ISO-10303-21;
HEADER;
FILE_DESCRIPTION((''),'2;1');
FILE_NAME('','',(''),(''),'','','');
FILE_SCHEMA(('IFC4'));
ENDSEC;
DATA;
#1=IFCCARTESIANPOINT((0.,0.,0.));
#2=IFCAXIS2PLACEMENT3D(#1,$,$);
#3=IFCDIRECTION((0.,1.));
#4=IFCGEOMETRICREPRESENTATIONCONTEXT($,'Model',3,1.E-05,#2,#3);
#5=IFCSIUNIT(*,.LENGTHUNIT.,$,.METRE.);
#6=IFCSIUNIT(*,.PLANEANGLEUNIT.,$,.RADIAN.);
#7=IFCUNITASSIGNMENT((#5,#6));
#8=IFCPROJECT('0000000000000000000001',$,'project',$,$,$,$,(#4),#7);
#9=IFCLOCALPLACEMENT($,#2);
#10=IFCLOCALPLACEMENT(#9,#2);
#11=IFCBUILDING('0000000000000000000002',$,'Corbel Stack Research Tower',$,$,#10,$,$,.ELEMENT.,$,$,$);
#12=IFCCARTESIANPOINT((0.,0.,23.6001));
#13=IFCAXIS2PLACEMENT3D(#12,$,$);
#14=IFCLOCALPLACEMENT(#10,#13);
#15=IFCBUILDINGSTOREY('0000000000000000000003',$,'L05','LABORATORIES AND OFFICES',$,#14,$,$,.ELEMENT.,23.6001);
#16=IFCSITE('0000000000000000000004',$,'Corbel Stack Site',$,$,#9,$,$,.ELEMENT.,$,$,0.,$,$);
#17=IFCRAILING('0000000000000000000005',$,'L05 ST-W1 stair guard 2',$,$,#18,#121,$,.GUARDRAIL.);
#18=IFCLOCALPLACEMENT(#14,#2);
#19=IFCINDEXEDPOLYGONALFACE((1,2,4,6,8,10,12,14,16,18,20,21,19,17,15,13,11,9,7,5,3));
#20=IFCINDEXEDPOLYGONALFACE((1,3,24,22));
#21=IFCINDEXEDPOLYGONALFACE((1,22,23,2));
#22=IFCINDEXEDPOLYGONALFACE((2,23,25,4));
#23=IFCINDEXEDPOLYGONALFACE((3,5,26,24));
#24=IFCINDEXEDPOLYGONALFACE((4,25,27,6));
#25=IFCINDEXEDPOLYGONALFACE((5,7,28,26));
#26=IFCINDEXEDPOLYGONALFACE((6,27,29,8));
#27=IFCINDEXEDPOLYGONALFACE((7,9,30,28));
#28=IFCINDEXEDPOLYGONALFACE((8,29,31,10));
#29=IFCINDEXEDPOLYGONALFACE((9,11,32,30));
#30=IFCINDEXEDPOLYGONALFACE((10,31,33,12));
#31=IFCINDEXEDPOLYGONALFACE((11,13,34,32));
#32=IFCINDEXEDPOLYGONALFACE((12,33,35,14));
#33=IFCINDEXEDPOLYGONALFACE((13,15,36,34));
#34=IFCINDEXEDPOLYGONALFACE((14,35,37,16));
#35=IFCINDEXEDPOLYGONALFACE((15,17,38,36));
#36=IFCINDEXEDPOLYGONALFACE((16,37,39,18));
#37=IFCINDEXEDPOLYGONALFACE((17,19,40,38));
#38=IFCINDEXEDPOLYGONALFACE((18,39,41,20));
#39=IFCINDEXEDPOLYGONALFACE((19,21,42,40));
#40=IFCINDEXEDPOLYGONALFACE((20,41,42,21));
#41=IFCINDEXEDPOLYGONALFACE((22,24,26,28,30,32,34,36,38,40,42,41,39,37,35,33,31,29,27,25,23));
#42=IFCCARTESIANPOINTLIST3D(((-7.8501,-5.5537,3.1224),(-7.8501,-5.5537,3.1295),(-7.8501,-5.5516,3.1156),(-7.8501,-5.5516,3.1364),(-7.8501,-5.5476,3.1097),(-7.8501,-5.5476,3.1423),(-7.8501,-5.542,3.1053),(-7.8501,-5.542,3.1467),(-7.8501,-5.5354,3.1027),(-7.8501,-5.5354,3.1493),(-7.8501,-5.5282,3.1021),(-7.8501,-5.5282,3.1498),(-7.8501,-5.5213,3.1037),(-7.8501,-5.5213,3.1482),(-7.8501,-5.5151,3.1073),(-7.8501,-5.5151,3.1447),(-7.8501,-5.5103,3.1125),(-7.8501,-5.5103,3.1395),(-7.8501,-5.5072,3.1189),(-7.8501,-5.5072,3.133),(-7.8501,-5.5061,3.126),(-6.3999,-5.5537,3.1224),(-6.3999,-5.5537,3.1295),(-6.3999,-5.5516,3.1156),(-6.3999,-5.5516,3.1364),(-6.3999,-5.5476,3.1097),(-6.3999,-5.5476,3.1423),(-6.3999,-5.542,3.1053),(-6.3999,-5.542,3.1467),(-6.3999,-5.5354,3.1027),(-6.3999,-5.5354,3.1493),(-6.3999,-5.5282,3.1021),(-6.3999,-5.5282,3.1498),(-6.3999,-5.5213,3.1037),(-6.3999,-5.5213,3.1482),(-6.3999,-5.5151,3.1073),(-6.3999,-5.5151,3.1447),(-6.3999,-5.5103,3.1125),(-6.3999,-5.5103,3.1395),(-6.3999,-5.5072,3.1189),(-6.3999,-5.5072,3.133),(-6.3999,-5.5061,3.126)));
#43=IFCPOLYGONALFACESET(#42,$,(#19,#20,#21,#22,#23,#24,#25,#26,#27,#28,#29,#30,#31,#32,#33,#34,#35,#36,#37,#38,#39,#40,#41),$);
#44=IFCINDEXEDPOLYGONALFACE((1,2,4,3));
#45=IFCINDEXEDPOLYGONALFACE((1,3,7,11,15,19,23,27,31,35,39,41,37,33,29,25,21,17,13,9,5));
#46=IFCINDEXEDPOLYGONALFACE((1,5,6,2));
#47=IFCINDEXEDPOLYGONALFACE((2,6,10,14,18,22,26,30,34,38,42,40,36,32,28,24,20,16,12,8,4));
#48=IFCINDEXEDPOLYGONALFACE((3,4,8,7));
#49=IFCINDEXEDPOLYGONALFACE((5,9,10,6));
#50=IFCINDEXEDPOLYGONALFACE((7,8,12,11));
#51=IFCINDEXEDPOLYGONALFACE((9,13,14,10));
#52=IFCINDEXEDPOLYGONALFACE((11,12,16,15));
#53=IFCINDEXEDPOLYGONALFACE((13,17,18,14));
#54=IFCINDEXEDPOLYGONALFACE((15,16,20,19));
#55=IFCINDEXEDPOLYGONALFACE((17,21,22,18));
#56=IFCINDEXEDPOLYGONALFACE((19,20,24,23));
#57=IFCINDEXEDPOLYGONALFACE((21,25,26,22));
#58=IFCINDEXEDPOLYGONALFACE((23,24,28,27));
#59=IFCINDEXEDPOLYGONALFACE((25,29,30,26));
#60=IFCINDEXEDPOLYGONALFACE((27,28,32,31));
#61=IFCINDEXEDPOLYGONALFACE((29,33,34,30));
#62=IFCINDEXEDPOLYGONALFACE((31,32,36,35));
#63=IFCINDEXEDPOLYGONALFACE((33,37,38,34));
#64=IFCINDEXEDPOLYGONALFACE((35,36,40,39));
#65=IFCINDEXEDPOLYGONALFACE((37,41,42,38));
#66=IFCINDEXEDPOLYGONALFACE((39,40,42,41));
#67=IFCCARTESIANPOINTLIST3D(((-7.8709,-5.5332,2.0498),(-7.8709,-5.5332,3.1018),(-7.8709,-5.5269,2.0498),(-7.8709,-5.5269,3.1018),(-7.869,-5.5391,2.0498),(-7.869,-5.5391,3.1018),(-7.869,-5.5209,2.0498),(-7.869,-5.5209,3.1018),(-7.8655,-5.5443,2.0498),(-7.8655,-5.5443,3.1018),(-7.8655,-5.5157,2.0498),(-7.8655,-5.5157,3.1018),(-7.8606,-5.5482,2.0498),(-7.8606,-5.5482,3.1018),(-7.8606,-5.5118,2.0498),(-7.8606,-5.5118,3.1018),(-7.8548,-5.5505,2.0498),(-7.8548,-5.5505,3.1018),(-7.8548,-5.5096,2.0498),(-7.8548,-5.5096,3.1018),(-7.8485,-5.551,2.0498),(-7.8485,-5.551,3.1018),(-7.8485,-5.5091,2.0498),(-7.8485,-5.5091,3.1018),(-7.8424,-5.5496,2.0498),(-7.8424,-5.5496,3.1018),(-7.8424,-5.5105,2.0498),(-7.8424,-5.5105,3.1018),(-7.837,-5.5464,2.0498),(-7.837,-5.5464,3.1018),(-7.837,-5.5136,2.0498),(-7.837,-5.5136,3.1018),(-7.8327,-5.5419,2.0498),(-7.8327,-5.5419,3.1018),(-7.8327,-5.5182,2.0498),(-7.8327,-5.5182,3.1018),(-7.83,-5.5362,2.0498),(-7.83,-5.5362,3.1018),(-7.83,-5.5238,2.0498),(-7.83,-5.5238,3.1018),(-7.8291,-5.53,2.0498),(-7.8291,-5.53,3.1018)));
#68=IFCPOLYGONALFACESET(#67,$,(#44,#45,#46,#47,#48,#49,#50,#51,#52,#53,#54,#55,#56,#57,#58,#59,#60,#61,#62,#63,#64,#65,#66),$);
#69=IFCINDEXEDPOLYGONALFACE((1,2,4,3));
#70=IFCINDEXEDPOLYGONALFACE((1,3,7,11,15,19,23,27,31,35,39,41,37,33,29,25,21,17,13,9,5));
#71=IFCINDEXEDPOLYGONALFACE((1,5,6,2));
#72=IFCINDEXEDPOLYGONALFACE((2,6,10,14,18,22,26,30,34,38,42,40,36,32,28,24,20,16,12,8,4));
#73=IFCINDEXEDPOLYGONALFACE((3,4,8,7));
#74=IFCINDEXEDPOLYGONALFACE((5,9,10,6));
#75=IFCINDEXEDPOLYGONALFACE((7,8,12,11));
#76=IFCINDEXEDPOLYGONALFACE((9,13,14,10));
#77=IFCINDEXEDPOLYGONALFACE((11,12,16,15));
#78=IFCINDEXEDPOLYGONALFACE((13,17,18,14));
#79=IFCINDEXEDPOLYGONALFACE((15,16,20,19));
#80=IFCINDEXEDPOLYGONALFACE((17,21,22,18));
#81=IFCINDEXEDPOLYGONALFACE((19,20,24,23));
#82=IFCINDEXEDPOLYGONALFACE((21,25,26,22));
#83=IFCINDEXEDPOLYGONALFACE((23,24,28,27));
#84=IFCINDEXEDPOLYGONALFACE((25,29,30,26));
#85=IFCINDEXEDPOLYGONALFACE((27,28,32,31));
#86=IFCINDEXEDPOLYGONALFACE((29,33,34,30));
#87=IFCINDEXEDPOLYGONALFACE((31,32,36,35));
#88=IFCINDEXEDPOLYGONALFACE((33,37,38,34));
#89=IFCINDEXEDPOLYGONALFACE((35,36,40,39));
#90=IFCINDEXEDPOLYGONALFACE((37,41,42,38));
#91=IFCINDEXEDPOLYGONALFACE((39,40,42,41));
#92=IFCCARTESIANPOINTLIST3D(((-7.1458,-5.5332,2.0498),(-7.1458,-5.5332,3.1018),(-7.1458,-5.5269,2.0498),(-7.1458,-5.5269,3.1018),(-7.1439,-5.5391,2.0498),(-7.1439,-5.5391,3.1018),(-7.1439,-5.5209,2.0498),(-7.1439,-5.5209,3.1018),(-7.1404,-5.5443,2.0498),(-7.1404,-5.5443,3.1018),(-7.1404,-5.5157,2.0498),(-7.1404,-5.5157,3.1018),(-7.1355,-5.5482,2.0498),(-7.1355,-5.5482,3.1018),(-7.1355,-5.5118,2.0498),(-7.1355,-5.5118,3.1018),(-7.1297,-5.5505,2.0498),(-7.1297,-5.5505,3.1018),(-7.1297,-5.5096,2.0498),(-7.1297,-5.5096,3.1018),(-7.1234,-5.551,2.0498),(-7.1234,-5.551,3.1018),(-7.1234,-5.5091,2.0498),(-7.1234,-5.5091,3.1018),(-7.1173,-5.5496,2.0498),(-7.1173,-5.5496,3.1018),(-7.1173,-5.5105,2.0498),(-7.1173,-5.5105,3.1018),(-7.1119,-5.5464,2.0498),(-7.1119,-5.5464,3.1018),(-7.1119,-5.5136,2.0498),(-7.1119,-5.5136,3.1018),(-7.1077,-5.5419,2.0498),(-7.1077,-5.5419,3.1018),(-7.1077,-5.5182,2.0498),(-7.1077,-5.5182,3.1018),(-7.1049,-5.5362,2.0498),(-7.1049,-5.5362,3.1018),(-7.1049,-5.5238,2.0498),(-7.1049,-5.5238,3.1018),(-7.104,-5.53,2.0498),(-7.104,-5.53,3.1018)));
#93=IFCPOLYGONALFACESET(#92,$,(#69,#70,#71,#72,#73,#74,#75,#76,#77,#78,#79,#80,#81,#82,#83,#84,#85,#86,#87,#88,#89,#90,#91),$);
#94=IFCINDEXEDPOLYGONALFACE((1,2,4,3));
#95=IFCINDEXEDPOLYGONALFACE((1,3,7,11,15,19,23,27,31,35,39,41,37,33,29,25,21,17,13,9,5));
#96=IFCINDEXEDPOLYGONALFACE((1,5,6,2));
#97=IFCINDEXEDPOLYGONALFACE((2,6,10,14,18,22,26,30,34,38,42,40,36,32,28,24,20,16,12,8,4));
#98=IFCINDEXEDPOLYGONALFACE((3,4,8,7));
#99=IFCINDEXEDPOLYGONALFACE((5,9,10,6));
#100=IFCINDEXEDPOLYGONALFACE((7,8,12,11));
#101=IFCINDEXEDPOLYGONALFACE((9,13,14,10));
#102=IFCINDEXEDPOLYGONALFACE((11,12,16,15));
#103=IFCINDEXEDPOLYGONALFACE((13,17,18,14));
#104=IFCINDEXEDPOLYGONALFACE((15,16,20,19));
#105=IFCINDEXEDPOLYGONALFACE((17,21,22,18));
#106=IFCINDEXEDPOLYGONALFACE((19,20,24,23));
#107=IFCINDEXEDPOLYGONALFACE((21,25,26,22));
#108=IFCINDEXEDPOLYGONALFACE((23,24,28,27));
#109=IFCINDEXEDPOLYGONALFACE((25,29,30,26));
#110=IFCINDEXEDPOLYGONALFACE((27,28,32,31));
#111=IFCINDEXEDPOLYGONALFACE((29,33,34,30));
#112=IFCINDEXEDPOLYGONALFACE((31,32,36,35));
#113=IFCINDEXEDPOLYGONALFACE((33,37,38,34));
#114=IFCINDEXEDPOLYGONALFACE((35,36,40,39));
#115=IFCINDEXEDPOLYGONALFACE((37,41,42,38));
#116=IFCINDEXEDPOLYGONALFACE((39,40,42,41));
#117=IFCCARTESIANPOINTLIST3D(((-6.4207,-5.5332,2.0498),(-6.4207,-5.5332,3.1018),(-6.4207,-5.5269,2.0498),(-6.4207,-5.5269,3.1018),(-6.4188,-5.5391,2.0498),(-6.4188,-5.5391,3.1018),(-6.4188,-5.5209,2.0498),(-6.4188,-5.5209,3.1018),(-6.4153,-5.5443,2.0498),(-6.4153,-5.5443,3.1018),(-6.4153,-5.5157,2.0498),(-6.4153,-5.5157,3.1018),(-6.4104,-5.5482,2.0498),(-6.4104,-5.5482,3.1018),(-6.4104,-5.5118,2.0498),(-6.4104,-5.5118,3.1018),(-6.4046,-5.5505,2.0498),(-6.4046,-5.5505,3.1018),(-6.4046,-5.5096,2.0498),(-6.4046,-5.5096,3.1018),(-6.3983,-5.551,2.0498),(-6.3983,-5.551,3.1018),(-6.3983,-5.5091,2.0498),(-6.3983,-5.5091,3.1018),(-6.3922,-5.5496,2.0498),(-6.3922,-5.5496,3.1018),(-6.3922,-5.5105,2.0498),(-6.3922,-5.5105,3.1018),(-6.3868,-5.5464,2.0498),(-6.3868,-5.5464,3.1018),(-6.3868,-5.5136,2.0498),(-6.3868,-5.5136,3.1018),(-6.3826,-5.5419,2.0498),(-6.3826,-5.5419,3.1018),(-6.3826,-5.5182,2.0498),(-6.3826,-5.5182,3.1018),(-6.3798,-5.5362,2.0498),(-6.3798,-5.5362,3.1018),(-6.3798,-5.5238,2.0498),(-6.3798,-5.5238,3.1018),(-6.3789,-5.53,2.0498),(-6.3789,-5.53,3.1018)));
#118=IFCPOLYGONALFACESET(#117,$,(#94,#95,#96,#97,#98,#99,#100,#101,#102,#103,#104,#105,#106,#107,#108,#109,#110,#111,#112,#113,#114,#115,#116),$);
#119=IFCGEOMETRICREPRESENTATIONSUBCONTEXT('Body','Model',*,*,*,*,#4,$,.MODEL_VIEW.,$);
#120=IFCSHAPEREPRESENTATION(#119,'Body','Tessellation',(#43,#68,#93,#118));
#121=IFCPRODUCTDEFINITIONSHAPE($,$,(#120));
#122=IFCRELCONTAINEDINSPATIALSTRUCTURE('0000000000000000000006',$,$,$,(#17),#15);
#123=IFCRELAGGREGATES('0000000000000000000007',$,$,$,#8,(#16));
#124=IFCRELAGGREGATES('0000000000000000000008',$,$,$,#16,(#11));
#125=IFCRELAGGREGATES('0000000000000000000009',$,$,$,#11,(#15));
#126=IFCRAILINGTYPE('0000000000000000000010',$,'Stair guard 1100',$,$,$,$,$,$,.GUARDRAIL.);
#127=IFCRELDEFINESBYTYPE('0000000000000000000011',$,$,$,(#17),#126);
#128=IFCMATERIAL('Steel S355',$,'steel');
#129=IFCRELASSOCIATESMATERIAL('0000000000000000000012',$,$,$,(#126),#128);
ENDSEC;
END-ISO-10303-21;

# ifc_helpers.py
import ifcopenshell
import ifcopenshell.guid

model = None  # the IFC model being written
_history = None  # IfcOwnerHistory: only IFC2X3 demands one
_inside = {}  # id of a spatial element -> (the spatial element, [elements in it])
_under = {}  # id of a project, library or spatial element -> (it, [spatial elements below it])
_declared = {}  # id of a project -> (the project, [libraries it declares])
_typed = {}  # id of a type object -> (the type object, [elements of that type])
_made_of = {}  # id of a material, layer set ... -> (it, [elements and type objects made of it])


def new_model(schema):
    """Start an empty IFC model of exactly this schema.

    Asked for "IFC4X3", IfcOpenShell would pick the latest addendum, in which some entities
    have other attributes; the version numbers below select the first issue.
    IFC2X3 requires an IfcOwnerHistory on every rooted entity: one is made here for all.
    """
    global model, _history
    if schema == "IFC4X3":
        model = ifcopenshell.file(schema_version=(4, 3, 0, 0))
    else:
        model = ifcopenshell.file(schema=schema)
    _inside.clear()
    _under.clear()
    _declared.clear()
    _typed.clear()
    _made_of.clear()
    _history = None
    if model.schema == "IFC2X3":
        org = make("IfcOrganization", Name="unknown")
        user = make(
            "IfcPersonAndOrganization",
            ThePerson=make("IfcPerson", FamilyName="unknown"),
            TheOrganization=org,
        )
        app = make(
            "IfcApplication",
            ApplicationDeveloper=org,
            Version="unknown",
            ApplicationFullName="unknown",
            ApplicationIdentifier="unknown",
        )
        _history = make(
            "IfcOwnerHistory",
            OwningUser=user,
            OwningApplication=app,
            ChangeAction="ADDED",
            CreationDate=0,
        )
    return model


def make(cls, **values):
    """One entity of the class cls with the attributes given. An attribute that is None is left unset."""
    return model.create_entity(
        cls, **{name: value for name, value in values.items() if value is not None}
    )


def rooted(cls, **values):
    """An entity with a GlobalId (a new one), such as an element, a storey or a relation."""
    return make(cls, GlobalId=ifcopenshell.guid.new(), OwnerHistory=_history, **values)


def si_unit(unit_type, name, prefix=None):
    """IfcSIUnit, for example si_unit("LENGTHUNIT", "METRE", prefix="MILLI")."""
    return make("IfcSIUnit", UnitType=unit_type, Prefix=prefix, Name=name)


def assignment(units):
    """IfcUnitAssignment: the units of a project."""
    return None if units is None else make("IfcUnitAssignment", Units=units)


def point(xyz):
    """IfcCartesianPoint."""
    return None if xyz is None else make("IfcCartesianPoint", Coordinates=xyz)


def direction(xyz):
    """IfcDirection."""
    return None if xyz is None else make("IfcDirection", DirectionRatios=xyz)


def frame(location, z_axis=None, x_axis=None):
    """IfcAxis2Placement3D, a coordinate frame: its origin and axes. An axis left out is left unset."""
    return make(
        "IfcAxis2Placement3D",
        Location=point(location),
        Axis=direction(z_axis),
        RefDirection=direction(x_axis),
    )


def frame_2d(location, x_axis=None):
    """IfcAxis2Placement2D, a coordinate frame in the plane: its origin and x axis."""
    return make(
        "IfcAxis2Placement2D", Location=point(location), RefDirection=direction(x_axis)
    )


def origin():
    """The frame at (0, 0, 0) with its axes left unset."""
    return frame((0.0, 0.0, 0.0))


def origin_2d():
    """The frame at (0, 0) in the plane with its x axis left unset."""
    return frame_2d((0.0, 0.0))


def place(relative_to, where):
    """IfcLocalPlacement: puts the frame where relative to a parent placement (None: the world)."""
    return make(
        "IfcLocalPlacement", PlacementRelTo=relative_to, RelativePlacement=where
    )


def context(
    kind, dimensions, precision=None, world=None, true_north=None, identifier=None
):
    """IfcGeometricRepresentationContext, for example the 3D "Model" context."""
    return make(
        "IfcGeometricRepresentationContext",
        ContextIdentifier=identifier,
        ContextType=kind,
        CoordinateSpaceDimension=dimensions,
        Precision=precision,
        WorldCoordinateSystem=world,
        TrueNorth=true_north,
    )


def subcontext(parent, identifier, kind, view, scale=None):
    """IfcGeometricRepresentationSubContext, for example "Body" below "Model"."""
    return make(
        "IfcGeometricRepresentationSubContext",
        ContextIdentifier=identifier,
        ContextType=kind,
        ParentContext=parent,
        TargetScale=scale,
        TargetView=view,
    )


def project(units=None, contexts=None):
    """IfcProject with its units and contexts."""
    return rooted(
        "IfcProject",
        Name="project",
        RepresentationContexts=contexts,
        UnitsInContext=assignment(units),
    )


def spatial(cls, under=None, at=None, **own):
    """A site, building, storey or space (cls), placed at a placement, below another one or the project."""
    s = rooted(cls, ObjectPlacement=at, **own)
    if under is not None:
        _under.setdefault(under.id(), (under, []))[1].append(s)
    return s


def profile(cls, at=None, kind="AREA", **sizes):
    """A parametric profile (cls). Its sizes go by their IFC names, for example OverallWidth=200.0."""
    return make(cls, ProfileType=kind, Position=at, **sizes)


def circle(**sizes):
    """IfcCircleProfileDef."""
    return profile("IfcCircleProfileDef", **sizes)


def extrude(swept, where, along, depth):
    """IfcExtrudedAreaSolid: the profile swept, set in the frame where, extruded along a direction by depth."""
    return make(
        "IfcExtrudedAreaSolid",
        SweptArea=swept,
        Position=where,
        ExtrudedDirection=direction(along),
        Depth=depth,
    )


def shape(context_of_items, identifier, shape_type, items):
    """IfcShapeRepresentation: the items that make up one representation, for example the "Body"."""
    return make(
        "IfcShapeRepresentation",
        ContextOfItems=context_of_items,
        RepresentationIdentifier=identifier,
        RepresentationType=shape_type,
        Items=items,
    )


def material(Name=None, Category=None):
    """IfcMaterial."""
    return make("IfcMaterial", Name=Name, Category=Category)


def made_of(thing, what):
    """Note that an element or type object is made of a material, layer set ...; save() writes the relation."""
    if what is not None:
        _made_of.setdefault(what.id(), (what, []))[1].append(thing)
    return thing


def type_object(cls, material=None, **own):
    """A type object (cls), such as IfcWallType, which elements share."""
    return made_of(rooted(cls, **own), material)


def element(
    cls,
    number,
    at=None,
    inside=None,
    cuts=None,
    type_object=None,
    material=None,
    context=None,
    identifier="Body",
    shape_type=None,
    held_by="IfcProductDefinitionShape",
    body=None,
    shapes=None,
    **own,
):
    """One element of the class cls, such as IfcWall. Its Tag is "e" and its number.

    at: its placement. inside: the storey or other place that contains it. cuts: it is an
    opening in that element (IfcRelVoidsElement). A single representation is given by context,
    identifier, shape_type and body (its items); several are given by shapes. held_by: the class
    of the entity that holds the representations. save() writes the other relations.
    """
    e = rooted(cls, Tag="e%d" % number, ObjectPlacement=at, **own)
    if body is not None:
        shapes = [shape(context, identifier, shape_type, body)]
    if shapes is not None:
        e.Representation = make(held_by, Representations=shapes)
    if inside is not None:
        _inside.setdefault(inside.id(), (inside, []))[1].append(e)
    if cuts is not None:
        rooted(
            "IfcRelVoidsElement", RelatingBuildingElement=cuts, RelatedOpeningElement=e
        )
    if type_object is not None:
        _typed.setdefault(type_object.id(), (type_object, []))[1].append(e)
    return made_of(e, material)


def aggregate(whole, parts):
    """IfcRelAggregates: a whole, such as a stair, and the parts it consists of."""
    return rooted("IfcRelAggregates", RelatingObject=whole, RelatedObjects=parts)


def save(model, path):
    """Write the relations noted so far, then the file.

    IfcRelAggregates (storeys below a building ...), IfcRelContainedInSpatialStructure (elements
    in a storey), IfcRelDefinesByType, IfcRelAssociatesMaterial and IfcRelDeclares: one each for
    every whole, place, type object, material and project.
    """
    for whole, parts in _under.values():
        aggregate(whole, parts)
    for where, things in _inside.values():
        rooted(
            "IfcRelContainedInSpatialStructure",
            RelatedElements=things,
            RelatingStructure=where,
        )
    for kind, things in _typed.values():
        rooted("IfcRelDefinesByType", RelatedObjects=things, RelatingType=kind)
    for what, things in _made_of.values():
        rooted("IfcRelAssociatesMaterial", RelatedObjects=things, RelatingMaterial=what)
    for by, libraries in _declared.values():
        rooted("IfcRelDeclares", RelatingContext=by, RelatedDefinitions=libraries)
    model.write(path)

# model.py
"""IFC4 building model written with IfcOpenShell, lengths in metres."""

from ifc_helpers import new_model, si_unit, direction, frame, origin, origin_2d, place, context, subcontext, project, spatial, circle, extrude, material, type_object, element, save


model = new_model("IFC4")

# Units and contexts
model_context = context("Model", 3, precision=1e-05, world=origin(), true_north=direction((0.0, 1.0)))
body_context = subcontext(model_context, "Body", "Model", "MODEL_VIEW")
ifc_project = project(units=[si_unit("LENGTHUNIT", "METRE"), si_unit("PLANEANGLEUNIT", "RADIAN")], contexts=[model_context])

# Site, building, storey
site_placement = place(None, origin())
site = spatial("IfcSite", under=ifc_project, at=site_placement, Name="Corbel Stack Site", CompositionType="ELEMENT", RefElevation=0.0)
building_placement = place(site_placement, origin())
building = spatial("IfcBuilding", under=site, at=building_placement, Name="Corbel Stack Research Tower", CompositionType="ELEMENT")
storey_placement = place(building_placement, frame((0.0, 0.0, 23.6001)))
storey = spatial("IfcBuildingStorey", under=building, at=storey_placement, Name="L05", Description="LABORATORIES AND OFFICES", CompositionType="ELEMENT", Elevation=23.6001)

# Railing
ifc_material_1 = material(Name="Steel S355", Category="steel")
railing_type = type_object("IfcRailingType", Name="Stair guard 1100", PredefinedType="GUARDRAIL", material=ifc_material_1)
railing_1_placement = place(storey_placement, frame((-7.8501, -5.53, 2.0498)))
element("IfcRailing", 1, at=railing_1_placement, inside=storey, type_object=railing_type, Name="L05 ST-W1 stair guard 2", PredefinedType="GUARDRAIL", context=body_context, shape_type="SweptSolid", body=[
    extrude(circle(Radius=0.0239, at=origin_2d()), frame((0.0, 0.0, 1.0762), z_axis=(1.0, 0.0, 0.0), x_axis=(0.0, 1.0, 0.0)), (0.0, 0.0, 1.0), 1.4502),
    extrude(circle(Radius=0.021, at=origin_2d()), origin(), (0.0, 0.0, 1.0), 1.052),
    extrude(circle(Radius=0.021, at=origin_2d()), frame((0.7251, 0.0, 0.0)), (0.0, 0.0, 1.0), 1.052),
    extrude(circle(Radius=0.021, at=origin_2d()), frame((1.4502, 0.0, 0.0)), (0.0, 0.0, 1.0), 1.052),
])

save(model, "model.ifc")
